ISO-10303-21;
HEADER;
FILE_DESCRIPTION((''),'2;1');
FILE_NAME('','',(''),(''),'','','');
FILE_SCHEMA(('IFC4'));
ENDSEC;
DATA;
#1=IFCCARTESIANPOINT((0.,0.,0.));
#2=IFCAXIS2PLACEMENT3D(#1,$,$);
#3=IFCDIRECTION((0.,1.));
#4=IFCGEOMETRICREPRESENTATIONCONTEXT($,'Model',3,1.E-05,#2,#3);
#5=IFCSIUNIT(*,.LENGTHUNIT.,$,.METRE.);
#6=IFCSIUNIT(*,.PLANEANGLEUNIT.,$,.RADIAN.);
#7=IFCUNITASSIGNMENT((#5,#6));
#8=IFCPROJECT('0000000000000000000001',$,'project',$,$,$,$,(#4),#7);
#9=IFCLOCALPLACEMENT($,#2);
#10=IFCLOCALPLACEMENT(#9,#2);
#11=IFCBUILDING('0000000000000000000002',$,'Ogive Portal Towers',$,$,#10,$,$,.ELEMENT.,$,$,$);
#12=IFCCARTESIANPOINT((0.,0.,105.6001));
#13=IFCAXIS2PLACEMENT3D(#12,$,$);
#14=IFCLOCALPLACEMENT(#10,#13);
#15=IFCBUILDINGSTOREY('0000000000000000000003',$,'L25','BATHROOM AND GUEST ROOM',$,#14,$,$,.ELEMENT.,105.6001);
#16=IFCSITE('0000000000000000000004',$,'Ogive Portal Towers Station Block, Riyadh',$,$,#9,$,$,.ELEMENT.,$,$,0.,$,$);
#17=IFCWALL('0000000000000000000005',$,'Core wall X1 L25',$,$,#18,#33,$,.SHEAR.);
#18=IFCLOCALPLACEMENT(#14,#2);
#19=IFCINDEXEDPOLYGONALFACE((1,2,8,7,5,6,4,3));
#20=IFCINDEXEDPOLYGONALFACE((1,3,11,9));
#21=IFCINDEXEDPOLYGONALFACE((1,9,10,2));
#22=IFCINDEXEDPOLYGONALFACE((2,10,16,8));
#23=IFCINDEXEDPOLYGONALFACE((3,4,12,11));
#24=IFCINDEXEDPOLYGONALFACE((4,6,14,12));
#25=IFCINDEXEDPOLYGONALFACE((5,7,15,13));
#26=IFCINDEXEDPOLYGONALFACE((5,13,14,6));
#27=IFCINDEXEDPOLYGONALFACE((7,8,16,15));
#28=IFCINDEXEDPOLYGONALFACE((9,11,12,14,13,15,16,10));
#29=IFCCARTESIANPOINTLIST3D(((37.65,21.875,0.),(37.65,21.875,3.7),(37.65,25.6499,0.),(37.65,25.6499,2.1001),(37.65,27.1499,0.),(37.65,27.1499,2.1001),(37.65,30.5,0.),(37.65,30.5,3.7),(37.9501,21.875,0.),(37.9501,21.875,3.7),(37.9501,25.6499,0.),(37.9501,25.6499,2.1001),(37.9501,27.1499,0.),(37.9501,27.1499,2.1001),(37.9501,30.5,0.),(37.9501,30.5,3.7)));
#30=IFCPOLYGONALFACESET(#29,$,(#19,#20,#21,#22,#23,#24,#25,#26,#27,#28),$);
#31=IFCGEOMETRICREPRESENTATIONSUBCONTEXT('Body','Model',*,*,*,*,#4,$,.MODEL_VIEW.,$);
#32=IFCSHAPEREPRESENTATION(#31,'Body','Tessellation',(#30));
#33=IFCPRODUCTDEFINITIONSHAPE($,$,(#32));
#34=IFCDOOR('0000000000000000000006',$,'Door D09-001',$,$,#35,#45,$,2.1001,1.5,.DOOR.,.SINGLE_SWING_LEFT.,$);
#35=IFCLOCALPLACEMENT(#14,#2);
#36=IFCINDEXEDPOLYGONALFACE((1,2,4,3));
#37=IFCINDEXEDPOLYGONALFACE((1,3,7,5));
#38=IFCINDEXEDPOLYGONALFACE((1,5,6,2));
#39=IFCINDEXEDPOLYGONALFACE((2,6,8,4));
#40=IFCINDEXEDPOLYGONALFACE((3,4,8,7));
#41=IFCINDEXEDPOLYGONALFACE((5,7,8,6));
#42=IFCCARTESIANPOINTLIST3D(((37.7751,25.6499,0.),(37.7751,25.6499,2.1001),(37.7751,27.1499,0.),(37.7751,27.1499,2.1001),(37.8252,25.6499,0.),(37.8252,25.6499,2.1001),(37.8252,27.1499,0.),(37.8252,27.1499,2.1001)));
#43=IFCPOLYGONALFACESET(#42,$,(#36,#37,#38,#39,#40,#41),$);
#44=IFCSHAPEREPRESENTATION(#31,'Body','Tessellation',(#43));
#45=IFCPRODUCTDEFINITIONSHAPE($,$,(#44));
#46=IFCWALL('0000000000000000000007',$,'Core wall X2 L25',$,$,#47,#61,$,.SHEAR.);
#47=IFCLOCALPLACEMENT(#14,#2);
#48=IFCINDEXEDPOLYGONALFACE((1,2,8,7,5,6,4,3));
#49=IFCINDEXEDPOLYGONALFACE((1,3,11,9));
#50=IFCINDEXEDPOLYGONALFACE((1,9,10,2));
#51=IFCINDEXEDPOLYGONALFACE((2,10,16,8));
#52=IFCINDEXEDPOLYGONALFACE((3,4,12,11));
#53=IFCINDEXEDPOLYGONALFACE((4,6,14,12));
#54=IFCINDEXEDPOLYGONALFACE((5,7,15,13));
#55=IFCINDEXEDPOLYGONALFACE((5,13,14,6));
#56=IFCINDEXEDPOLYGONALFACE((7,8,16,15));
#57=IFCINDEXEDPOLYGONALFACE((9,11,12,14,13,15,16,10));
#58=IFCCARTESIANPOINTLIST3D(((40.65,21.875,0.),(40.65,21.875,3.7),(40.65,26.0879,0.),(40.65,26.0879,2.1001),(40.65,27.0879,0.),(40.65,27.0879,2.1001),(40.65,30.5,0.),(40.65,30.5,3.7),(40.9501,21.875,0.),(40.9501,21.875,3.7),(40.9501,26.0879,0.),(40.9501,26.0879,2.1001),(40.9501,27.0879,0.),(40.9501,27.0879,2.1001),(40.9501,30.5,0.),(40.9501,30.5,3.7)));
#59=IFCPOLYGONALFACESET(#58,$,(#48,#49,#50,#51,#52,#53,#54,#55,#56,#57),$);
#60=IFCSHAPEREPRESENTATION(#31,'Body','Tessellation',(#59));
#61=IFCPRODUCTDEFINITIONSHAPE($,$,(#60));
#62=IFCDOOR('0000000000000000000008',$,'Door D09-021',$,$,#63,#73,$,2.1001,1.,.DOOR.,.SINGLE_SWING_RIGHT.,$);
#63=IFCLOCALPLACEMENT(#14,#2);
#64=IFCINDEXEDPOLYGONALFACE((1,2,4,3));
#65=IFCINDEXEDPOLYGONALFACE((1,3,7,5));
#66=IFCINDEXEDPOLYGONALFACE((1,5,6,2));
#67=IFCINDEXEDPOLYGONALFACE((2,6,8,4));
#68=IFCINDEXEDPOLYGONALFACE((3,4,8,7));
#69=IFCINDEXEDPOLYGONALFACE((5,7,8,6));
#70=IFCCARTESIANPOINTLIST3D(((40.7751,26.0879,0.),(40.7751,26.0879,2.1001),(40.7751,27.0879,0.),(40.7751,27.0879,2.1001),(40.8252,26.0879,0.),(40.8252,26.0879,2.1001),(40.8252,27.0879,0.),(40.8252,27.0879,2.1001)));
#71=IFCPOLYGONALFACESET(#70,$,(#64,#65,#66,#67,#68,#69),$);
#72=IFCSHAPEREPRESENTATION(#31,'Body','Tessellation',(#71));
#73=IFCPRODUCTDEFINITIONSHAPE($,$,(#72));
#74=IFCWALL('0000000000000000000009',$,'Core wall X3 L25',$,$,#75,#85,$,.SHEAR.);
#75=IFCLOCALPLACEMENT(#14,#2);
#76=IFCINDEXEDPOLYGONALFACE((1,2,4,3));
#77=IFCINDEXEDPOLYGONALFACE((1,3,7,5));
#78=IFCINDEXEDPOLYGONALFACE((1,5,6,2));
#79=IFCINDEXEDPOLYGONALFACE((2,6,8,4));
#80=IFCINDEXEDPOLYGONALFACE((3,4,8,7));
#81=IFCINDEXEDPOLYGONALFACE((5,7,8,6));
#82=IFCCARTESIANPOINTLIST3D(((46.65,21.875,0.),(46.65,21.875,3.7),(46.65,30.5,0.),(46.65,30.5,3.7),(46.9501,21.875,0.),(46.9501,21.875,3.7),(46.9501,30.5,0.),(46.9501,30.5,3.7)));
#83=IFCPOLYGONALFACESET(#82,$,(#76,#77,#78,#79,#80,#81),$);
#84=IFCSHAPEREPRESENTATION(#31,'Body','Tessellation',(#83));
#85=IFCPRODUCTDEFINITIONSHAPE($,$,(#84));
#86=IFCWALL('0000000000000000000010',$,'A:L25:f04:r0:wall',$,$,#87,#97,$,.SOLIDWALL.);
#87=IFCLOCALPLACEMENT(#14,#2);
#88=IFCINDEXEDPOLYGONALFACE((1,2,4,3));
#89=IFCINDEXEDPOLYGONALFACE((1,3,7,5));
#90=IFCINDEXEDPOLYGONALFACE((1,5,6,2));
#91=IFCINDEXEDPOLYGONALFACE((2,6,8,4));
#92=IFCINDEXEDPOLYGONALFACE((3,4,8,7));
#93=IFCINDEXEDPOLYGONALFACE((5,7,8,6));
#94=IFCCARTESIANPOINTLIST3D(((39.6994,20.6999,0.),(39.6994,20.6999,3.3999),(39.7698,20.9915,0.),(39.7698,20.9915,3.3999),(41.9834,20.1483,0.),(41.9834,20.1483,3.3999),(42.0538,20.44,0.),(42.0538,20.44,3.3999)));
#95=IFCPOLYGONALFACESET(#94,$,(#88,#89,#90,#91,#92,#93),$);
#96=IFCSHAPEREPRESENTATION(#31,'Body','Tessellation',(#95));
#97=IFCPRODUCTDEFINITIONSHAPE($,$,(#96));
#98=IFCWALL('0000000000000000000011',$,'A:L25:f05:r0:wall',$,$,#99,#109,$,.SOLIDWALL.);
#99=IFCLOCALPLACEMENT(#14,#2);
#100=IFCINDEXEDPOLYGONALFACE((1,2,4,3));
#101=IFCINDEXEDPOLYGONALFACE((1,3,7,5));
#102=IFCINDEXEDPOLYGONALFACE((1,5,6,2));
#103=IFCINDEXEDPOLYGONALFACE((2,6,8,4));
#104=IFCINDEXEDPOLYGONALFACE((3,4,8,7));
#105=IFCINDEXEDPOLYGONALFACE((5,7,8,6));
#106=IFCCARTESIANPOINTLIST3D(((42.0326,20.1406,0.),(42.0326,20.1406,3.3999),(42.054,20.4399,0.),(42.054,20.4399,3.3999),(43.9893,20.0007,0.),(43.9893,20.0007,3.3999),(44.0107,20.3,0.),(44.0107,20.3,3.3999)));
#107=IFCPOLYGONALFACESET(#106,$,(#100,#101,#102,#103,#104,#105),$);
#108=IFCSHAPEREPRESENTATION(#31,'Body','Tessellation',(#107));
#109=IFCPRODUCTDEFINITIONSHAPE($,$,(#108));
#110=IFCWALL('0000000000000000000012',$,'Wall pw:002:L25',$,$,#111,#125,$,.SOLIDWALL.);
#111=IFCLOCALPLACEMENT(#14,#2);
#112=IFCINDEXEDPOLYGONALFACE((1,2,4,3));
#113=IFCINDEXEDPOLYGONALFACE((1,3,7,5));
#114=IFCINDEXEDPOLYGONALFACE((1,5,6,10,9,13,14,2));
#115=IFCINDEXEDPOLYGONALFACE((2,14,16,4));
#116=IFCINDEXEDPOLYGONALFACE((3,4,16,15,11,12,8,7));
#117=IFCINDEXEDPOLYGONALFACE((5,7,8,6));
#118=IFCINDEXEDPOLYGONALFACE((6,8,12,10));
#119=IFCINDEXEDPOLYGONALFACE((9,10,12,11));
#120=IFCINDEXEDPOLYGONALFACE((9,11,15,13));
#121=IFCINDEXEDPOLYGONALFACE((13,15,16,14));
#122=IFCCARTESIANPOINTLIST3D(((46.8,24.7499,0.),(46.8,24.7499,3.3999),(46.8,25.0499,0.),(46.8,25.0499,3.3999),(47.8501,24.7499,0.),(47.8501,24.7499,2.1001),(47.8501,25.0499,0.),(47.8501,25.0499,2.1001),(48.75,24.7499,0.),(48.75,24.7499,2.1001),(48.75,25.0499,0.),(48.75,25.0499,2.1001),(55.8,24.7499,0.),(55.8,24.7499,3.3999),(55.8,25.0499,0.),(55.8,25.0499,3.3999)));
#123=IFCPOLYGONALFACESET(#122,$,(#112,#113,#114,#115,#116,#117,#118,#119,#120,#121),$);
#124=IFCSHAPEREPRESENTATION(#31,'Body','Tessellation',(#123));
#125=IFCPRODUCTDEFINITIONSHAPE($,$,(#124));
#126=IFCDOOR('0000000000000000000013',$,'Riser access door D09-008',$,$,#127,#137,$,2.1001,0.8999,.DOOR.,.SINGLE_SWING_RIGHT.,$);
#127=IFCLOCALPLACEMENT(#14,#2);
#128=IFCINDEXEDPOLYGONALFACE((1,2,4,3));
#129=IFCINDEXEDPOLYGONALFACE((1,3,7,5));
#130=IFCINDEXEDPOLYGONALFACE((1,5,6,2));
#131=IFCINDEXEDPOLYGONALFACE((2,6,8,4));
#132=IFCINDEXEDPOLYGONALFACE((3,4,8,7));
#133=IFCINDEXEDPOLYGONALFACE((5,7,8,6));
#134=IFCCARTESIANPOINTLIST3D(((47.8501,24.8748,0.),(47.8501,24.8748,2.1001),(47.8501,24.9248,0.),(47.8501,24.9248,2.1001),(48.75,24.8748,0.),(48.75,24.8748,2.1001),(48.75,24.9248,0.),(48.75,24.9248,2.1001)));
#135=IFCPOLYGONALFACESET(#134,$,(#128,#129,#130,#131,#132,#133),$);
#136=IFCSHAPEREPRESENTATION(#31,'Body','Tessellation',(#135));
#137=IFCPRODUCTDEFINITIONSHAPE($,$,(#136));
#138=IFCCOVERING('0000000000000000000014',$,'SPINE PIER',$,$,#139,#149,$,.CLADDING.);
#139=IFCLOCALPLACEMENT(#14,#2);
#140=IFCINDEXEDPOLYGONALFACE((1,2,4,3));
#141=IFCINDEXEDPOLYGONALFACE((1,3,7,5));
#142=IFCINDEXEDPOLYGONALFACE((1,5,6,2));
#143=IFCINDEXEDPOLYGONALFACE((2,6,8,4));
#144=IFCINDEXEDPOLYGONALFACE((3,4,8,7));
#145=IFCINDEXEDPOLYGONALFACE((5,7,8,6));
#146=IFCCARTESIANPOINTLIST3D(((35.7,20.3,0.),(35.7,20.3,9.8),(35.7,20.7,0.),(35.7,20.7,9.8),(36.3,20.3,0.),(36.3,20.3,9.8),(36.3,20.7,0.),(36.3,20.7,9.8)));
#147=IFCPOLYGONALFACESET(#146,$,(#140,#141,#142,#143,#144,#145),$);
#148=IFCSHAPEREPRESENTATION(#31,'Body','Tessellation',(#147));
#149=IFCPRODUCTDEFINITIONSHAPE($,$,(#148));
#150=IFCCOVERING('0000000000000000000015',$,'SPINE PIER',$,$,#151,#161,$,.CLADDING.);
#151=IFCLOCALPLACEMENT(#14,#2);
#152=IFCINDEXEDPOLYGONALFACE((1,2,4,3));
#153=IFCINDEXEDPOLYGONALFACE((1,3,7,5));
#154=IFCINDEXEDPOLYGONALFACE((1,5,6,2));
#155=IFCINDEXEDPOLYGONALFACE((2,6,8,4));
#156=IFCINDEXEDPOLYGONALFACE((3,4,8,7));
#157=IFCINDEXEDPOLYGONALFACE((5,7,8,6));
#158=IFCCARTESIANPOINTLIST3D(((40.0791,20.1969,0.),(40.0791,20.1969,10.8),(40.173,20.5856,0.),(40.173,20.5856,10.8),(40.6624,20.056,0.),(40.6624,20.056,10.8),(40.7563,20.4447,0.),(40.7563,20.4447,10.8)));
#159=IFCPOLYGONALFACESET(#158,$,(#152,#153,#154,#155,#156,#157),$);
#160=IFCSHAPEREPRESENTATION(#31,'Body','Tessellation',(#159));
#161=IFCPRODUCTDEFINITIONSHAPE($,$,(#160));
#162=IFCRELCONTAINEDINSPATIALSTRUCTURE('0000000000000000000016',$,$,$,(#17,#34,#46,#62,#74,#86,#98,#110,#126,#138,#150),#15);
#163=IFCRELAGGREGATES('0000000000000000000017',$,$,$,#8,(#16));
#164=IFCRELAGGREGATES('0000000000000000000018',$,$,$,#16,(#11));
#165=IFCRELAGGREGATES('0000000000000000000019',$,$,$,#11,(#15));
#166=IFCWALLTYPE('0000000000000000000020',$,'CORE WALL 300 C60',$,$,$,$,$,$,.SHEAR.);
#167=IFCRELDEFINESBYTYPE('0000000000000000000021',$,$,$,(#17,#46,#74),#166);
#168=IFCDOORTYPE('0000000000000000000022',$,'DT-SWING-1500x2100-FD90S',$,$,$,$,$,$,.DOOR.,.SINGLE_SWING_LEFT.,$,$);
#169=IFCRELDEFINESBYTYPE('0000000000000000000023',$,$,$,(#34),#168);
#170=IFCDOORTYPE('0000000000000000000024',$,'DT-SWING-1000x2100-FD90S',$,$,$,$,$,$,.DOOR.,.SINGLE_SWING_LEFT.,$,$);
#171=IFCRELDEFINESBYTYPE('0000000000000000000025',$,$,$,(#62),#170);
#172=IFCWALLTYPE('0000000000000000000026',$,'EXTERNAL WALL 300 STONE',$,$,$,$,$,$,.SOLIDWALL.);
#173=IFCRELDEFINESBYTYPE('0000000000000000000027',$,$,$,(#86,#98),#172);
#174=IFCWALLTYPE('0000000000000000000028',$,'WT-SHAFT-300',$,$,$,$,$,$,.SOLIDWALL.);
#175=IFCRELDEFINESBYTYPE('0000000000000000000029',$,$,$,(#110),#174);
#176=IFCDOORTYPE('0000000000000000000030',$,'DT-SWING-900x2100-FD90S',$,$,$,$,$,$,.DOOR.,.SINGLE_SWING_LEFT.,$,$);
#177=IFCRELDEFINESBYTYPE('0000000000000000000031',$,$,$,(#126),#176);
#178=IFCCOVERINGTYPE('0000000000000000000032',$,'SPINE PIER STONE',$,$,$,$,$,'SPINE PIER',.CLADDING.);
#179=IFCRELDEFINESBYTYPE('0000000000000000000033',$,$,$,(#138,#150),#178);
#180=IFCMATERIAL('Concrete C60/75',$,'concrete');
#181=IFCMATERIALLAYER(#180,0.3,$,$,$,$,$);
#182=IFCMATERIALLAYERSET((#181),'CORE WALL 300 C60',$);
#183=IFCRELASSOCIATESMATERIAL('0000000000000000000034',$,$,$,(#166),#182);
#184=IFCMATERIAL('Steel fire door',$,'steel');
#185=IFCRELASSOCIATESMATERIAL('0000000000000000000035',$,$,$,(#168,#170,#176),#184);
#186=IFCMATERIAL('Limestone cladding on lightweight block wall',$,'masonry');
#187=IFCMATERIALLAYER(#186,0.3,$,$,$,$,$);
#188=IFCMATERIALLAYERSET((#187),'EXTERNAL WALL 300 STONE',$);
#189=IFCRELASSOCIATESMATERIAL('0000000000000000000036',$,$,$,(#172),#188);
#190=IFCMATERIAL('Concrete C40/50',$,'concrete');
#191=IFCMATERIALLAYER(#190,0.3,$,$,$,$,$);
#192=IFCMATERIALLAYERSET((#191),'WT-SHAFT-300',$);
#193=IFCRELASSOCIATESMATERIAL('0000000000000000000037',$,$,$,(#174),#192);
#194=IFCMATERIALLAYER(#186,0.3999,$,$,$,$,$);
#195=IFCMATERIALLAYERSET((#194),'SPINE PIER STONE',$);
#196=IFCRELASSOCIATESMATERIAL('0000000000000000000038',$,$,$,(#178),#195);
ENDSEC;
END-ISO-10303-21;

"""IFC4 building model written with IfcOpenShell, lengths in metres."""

from ifc_helpers import new_model, si_unit, direction, frame, frame_2d, origin, origin_2d, place, context, subcontext, project, spatial, rectangle, extrude, material, layer, layer_set, type_object, element, fill, save


model = new_model("IFC4")

# Units and contexts
model_context = context("Model", 3, precision=1e-05, world=origin(), true_north=direction((0.0, 1.0)))
body_context = subcontext(model_context, "Body", "Model", "MODEL_VIEW")
ifc_project = project(units=[si_unit("LENGTHUNIT", "METRE"), si_unit("PLANEANGLEUNIT", "RADIAN")], contexts=[model_context])

# Site, building, storey
site_placement = place(None, origin())
site = spatial("IfcSite", under=ifc_project, at=site_placement, Name="Ogive Portal Towers Station Block, Riyadh", CompositionType="ELEMENT", RefElevation=0.0)
building_placement = place(site_placement, origin())
building = spatial("IfcBuilding", under=site, at=building_placement, Name="Ogive Portal Towers", CompositionType="ELEMENT")
storey_placement = place(building_placement, frame((0.0, 0.0, 105.6001)))
storey = spatial("IfcBuildingStorey", under=building, at=storey_placement, Name="L25", Description="BATHROOM AND GUEST ROOM", CompositionType="ELEMENT", Elevation=105.6001)

# Walls, openings, doors
ifc_material_1 = material(Name="Concrete C60/75", Category="concrete")
ifc_layer_1 = layer(ifc_material_1, 0.3)
ifc_layer_set_1 = layer_set([ifc_layer_1], Name="CORE WALL 300 C60")
wall_type_1 = type_object("IfcWallType", Name="CORE WALL 300 C60", PredefinedType="SHEAR", material=ifc_layer_set_1)
wall_1_placement = place(storey_placement, frame((37.8, 21.875, 0.0), z_axis=(0.0, 0.0, 1.0), x_axis=(0.0, 1.0, 0.0)))
wall_1 = element("IfcWall", 1, at=wall_1_placement, inside=storey, type_object=wall_type_1, Name="Core wall X1 L25", PredefinedType="SHEAR", context=body_context, shape_type="SweptSolid", body=[
    extrude(rectangle(XDim=8.625, YDim=0.3, at=frame_2d((4.3125, 0.0))), origin(), (0.0, 0.0, 1.0), 3.7),
])
opening_1_placement = place(wall_1_placement, frame((3.7749, 0.0, 0.0)))
opening_1 = element("IfcOpeningElement", 2, at=opening_1_placement, cuts=wall_1, PredefinedType="OPENING", context=body_context, shape_type="SweptSolid", body=[
    extrude(rectangle(XDim=1.5, YDim=2.1001, at=frame_2d((0.75, 1.05))), frame((0.0, 0.1602, 0.0), z_axis=(0.0, -1.0, 0.0), x_axis=(1.0, 0.0, 0.0)), (0.0, 0.0, 1.0), 0.3201),
])
ifc_material_2 = material(Name="Steel fire door", Category="steel")
door_type_1 = type_object("IfcDoorType", Name="DT-SWING-1500x2100-FD90S", OperationType="SINGLE_SWING_LEFT", PredefinedType="DOOR", material=ifc_material_2)
door_1_placement = place(opening_1_placement, origin())
door_1 = element("IfcDoor", 3, at=door_1_placement, inside=storey, type_object=door_type_1, Name="Door D09-001", OperationType="SINGLE_SWING_LEFT", OverallHeight=2.1001, OverallWidth=1.5, PredefinedType="DOOR", context=body_context, shape_type="SweptSolid", body=[
    extrude(rectangle(XDim=1.5, YDim=2.1001, at=frame_2d((0.75, 1.05))), frame((0.0, 0.0249, 0.0), z_axis=(0.0, -1.0, 0.0), x_axis=(1.0, 0.0, 0.0)), (0.0, 0.0, 1.0), 0.05),
])
fill(opening_1, door_1)
wall_2_placement = place(storey_placement, frame((40.8, 21.875, 0.0), z_axis=(0.0, 0.0, 1.0), x_axis=(0.0, 1.0, 0.0)))
wall_2 = element("IfcWall", 4, at=wall_2_placement, inside=storey, type_object=wall_type_1, Name="Core wall X2 L25", PredefinedType="SHEAR", context=body_context, shape_type="SweptSolid", body=[
    extrude(rectangle(XDim=8.625, YDim=0.3, at=frame_2d((4.3125, 0.0))), origin(), (0.0, 0.0, 1.0), 3.7),
])
opening_2_placement = place(wall_2_placement, frame((4.2129, 0.0, 0.0)))
opening_2 = element("IfcOpeningElement", 5, at=opening_2_placement, cuts=wall_2, PredefinedType="OPENING", context=body_context, shape_type="SweptSolid", body=[
    extrude(rectangle(XDim=1.0, YDim=2.1001, at=frame_2d((0.5, 1.05))), frame((0.0, 0.1602, 0.0), z_axis=(0.0, -1.0, 0.0), x_axis=(1.0, 0.0, 0.0)), (0.0, 0.0, 1.0), 0.3201),
])
door_type_2 = type_object("IfcDoorType", Name="DT-SWING-1000x2100-FD90S", OperationType="SINGLE_SWING_LEFT", PredefinedType="DOOR", material=ifc_material_2)
door_2_placement = place(opening_2_placement, origin())
door_2 = element("IfcDoor", 6, at=door_2_placement, inside=storey, type_object=door_type_2, Name="Door D09-021", OperationType="SINGLE_SWING_RIGHT", OverallHeight=2.1001, OverallWidth=1.0, PredefinedType="DOOR", context=body_context, shape_type="SweptSolid", body=[
    extrude(rectangle(XDim=1.0, YDim=2.1001, at=frame_2d((0.5, 1.05))), frame((0.0, 0.0249, 0.0), z_axis=(0.0, -1.0, 0.0), x_axis=(1.0, 0.0, 0.0)), (0.0, 0.0, 1.0), 0.05),
])
fill(opening_2, door_2)

# Walls
wall_3_placement = place(storey_placement, frame((46.8, 21.875, 0.0), z_axis=(0.0, 0.0, 1.0), x_axis=(0.0, 1.0, 0.0)))
element("IfcWall", 7, at=wall_3_placement, inside=storey, type_object=wall_type_1, Name="Core wall X3 L25", PredefinedType="SHEAR", context=body_context, shape_type="SweptSolid", body=[
    extrude(rectangle(XDim=8.625, YDim=0.3, at=frame_2d((4.3125, 0.0))), origin(), (0.0, 0.0, 1.0), 3.7),
])
ifc_material_3 = material(Name="Limestone cladding on lightweight block wall", Category="masonry")
ifc_layer_2 = layer(ifc_material_3, 0.3)
ifc_layer_set_2 = layer_set([ifc_layer_2], Name="EXTERNAL WALL 300 STONE")
wall_type_2 = type_object("IfcWallType", Name="EXTERNAL WALL 300 STONE", PredefinedType="SOLIDWALL", material=ifc_layer_set_2)
wall_4_placement = place(storey_placement, frame((39.7346, 20.8457, 0.0), z_axis=(0.0, 0.0, 1.0), x_axis=(0.972061, -0.234729, 0.0)))
element("IfcWall", 8, at=wall_4_placement, inside=storey, type_object=wall_type_2, Name="A:L25:f04:r0:wall", PredefinedType="SOLIDWALL", context=body_context, shape_type="SweptSolid", body=[
    extrude(rectangle(XDim=2.3496, YDim=0.3, at=frame_2d((1.1748, 0.0))), origin(), (0.0, 0.0, 1.0), 3.3999),
])
wall_5_placement = place(storey_placement, frame((42.0432, 20.2903, 0.0), z_axis=(0.0, 0.0, 1.0), x_axis=(0.997454, -0.071309, 0.0)))
element("IfcWall", 9, at=wall_5_placement, inside=storey, type_object=wall_type_2, Name="A:L25:f05:r0:wall", PredefinedType="SOLIDWALL", context=body_context, shape_type="SweptSolid", body=[
    extrude(rectangle(XDim=1.9617, YDim=0.3, at=frame_2d((0.981, 0.0))), origin(), (0.0, 0.0, 1.0), 3.3999),
])

# Wall, opening, door
ifc_material_4 = material(Name="Concrete C40/50", Category="concrete")
ifc_layer_3 = layer(ifc_material_4, 0.3)
ifc_layer_set_3 = layer_set([ifc_layer_3], Name="WT-SHAFT-300")
wall_type_3 = type_object("IfcWallType", Name="WT-SHAFT-300", PredefinedType="SOLIDWALL", material=ifc_layer_set_3)
wall_6_placement = place(storey_placement, frame((46.8, 24.8999, 0.0), z_axis=(0.0, 0.0, 1.0), x_axis=(1.0, 0.0, 0.0)))
wall_6 = element("IfcWall", 10, at=wall_6_placement, inside=storey, type_object=wall_type_3, Name="Wall pw:002:L25", PredefinedType="SOLIDWALL", context=body_context, shape_type="SweptSolid", body=[
    extrude(rectangle(XDim=9.0, YDim=0.3, at=frame_2d((4.5, 0.0))), origin(), (0.0, 0.0, 1.0), 3.3999),
])
opening_3_placement = place(wall_6_placement, frame((1.05, 0.0, 0.0)))
opening_3 = element("IfcOpeningElement", 11, at=opening_3_placement, cuts=wall_6, PredefinedType="OPENING", context=body_context, shape_type="SweptSolid", body=[
    extrude(rectangle(XDim=0.8999, YDim=2.1001, at=frame_2d((0.45, 1.05))), frame((0.0, 0.1602, 0.0), z_axis=(0.0, -1.0, 0.0), x_axis=(1.0, 0.0, 0.0)), (0.0, 0.0, 1.0), 0.3201),
])
door_type_3 = type_object("IfcDoorType", Name="DT-SWING-900x2100-FD90S", OperationType="SINGLE_SWING_LEFT", PredefinedType="DOOR", material=ifc_material_2)
door_3_placement = place(opening_3_placement, origin())
door_3 = element("IfcDoor", 12, at=door_3_placement, inside=storey, type_object=door_type_3, Name="Riser access door D09-008", OperationType="SINGLE_SWING_RIGHT", OverallHeight=2.1001, OverallWidth=0.8999, PredefinedType="DOOR", context=body_context, shape_type="SweptSolid", body=[
    extrude(rectangle(XDim=0.8999, YDim=2.1001, at=frame_2d((0.45, 1.05))), frame((0.0, 0.0249, 0.0), z_axis=(0.0, -1.0, 0.0), x_axis=(1.0, 0.0, 0.0)), (0.0, 0.0, 1.0), 0.05),
])
fill(opening_3, door_3)

# Coverings
ifc_layer_4 = layer(ifc_material_3, 0.3999)
ifc_layer_set_4 = layer_set([ifc_layer_4], Name="SPINE PIER STONE")
covering_type = type_object("IfcCoveringType", Name="SPINE PIER STONE", ElementType="SPINE PIER", PredefinedType="CLADDING", material=ifc_layer_set_4)
covering_1_placement = place(storey_placement, frame((36.0, 20.5, 0.0), z_axis=(0.0, 0.0, 1.0), x_axis=(1.0, 0.0, 0.0)))
element("IfcCovering", 13, at=covering_1_placement, inside=storey, type_object=covering_type, Name="SPINE PIER", PredefinedType="CLADDING", context=body_context, shape_type="SweptSolid", body=[
    extrude(rectangle(XDim=0.6001, YDim=0.3999, at=origin_2d()), origin(), (0.0, 0.0, 1.0), 9.8),
])
covering_2_placement = place(storey_placement, frame((40.4177, 20.3208, 0.0), z_axis=(0.0, 0.0, 1.0), x_axis=(0.972048, -0.234782, 0.0)))
element("IfcCovering", 14, at=covering_2_placement, inside=storey, type_object=covering_type, Name="SPINE PIER", PredefinedType="CLADDING", context=body_context, shape_type="SweptSolid", body=[
    extrude(rectangle(XDim=0.6001, YDim=0.3999, at=origin_2d()), origin(), (0.0, 0.0, 1.0), 10.8),
])

save(model, "model.ifc")
